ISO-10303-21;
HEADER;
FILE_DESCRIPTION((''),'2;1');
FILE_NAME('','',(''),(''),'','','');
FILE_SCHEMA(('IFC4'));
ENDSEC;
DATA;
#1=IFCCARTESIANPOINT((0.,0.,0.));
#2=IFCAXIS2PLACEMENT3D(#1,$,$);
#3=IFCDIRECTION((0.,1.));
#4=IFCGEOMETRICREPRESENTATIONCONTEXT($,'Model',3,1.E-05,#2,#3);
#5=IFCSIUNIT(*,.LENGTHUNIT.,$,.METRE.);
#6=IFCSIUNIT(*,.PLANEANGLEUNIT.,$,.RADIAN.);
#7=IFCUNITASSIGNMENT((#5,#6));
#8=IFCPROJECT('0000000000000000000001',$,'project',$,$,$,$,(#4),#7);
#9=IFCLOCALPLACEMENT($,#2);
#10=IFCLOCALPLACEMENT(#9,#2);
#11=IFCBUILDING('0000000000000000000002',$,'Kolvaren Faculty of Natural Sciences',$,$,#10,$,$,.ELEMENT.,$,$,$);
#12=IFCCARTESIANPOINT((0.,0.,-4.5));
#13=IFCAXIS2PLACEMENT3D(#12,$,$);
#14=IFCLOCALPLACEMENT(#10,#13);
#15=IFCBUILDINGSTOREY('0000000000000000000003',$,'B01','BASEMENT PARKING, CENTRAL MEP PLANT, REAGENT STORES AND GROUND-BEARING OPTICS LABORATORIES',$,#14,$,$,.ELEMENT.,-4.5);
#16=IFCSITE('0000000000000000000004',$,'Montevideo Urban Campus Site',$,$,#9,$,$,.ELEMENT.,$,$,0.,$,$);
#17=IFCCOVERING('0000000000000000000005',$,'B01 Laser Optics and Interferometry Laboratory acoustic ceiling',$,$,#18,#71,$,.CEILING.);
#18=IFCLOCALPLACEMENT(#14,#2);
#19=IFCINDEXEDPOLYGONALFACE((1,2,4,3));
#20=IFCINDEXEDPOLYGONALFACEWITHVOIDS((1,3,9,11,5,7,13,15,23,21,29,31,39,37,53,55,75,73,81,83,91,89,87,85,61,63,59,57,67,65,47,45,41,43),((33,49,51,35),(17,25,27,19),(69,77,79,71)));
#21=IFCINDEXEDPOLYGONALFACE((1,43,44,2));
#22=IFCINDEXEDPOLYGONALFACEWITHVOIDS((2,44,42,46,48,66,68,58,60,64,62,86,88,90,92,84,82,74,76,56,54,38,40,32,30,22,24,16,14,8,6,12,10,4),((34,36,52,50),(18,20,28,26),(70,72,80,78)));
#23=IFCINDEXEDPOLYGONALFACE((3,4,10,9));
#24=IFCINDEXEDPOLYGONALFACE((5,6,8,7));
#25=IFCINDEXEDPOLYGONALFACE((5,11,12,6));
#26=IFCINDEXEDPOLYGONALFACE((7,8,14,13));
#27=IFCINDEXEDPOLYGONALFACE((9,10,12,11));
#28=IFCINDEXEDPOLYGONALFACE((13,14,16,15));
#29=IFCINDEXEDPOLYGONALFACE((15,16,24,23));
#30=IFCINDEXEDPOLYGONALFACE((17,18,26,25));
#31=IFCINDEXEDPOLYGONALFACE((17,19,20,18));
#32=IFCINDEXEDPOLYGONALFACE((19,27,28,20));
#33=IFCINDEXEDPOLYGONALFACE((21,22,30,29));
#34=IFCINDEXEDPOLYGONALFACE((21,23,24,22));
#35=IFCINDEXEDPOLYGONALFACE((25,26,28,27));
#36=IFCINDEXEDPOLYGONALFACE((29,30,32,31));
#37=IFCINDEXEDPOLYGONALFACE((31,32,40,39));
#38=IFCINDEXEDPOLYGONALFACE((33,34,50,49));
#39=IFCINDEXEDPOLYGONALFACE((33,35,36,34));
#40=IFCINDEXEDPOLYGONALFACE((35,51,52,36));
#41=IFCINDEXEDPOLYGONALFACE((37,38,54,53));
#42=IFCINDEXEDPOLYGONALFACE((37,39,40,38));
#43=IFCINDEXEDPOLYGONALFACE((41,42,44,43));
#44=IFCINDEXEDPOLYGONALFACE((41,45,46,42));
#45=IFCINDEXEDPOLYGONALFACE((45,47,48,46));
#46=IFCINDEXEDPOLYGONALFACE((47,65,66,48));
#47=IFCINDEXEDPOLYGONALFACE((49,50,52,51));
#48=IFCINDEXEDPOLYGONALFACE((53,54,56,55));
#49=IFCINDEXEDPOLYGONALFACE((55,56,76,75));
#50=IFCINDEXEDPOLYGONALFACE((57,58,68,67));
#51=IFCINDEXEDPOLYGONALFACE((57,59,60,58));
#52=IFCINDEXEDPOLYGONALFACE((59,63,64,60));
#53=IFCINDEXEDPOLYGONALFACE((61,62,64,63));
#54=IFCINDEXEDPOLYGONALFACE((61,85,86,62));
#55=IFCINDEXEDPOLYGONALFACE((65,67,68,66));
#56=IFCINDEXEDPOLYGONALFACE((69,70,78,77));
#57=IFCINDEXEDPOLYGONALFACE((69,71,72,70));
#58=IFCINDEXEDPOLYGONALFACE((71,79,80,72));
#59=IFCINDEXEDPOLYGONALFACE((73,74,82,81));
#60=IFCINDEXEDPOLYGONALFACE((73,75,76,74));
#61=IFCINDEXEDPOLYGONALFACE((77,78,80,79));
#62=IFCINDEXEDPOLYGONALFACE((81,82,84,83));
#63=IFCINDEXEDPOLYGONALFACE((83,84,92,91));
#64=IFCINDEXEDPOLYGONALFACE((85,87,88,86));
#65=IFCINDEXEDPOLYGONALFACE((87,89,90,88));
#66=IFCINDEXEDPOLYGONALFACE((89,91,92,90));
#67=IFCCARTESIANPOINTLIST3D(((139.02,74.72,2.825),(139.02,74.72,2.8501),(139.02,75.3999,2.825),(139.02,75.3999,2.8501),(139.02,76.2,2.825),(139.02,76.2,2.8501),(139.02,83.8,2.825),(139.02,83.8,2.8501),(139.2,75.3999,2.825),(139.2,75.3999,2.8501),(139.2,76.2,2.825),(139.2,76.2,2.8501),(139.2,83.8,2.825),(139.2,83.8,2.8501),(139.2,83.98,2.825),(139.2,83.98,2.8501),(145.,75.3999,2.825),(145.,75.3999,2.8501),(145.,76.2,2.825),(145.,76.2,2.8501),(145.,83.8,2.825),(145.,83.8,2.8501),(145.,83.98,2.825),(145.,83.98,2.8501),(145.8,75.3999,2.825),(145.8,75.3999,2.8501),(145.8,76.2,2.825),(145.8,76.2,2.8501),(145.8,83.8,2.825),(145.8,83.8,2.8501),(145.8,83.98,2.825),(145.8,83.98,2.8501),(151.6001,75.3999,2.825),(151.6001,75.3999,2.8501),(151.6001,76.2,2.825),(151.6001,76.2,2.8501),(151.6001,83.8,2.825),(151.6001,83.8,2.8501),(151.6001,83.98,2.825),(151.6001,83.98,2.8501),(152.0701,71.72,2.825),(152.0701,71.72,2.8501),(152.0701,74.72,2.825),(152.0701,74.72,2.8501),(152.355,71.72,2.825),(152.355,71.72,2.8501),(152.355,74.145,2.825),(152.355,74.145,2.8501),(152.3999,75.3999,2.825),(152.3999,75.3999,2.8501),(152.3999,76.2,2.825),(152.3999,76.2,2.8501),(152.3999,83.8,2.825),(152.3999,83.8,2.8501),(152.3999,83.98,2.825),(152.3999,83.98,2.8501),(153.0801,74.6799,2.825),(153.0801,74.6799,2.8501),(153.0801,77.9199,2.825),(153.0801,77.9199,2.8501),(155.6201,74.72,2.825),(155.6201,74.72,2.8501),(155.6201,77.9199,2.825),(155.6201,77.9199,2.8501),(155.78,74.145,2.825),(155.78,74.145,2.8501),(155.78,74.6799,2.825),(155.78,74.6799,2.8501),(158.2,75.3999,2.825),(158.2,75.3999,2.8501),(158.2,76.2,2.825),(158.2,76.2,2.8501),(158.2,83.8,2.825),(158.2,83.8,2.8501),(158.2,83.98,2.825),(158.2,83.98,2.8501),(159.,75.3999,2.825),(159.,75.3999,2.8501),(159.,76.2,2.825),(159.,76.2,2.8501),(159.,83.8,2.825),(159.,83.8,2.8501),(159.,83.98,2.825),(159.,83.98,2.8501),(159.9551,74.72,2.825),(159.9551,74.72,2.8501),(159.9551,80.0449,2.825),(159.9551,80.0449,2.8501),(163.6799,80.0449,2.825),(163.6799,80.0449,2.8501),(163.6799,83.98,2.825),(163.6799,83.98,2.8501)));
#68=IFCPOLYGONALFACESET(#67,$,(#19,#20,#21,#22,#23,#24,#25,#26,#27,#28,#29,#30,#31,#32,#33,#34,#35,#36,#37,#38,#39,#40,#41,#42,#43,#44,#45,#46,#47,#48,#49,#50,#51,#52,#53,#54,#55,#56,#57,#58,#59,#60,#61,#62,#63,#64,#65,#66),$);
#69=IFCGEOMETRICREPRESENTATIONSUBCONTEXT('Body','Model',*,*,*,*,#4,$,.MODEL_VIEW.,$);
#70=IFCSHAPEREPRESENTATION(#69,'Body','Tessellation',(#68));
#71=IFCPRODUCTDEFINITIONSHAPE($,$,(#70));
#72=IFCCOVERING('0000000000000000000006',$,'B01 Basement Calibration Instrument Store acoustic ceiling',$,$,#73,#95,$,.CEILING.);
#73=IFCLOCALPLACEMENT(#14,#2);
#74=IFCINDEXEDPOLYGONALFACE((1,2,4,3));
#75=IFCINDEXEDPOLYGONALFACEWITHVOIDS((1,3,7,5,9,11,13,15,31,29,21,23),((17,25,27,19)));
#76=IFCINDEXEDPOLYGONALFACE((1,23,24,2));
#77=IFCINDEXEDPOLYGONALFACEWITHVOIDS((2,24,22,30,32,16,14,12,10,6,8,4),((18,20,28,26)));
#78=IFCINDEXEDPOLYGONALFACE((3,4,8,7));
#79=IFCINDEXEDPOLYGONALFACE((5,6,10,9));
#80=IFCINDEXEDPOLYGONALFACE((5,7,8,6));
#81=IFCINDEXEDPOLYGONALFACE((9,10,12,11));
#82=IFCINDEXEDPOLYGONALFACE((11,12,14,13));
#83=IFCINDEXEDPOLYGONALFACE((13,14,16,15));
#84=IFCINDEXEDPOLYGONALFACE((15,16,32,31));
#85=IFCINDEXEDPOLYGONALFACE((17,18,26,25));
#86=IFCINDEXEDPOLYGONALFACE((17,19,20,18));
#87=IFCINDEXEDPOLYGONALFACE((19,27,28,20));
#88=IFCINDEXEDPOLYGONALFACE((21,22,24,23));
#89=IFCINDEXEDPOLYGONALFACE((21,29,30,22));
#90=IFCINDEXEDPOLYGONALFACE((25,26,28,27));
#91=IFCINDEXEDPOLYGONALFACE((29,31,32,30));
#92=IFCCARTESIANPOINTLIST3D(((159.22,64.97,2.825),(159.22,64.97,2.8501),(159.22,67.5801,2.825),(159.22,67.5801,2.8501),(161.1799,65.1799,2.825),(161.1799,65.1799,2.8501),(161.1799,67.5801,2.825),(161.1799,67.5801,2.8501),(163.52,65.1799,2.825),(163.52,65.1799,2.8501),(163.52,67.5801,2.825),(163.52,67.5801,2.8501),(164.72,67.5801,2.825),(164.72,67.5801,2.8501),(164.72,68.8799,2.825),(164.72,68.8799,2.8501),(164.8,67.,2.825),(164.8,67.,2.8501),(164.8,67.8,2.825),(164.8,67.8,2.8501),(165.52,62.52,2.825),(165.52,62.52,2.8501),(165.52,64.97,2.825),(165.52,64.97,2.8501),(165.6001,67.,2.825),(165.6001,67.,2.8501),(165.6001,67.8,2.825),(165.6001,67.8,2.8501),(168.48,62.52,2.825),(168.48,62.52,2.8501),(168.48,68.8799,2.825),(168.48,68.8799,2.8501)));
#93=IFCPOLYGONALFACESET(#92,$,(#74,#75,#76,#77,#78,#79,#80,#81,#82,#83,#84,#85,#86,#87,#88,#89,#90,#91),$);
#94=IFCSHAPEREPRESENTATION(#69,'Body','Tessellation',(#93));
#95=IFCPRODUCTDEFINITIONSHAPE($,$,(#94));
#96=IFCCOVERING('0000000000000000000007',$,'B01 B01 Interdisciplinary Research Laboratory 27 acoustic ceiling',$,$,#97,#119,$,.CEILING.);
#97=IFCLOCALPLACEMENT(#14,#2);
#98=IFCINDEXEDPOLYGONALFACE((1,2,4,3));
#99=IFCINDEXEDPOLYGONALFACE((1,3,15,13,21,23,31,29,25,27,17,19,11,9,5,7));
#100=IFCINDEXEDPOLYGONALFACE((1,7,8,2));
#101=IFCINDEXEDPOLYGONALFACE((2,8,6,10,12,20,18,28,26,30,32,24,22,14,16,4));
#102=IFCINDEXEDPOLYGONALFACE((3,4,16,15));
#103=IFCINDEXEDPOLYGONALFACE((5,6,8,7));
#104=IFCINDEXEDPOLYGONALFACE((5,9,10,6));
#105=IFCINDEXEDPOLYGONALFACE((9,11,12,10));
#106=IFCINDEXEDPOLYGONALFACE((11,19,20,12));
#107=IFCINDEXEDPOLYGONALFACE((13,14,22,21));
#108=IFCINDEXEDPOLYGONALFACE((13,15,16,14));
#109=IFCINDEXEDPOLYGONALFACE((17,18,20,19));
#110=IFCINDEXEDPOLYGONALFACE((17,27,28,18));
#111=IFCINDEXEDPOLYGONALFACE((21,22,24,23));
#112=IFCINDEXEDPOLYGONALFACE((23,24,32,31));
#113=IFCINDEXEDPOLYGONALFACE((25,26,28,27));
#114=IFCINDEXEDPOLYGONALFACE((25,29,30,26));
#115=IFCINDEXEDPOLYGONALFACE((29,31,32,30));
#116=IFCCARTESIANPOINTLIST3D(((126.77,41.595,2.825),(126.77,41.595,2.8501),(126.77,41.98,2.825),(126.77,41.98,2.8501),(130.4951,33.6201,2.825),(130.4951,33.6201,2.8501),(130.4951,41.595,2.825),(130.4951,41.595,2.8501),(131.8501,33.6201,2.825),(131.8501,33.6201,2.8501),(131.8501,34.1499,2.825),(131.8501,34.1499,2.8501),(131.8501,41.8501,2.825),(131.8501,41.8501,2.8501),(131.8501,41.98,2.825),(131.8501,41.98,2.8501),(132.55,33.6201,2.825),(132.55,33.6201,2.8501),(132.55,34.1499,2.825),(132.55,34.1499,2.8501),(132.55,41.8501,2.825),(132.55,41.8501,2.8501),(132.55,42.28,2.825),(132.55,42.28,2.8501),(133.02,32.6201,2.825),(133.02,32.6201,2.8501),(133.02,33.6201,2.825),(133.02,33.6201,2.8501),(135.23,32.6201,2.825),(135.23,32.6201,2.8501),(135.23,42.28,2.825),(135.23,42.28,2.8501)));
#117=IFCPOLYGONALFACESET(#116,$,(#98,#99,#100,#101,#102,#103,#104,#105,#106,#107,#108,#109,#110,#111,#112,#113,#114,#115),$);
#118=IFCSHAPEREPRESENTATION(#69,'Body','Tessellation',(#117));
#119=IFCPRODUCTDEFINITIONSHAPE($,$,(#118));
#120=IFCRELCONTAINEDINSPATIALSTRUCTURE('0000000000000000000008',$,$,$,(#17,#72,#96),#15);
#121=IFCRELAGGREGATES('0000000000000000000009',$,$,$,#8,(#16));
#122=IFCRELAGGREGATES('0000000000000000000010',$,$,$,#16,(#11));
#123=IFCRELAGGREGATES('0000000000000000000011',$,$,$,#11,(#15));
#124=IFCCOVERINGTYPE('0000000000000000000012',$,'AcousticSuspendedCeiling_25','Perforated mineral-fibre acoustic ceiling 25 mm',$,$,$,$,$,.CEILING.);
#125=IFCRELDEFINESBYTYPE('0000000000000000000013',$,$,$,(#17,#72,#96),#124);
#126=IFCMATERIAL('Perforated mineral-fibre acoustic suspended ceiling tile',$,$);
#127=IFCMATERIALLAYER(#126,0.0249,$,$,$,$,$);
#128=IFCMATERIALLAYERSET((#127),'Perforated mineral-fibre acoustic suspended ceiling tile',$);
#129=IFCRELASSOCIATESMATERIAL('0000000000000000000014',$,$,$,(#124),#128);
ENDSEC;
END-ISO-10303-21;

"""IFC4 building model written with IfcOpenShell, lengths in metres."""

from ifc_helpers import new_model, si_unit, direction, frame, origin, place, context, subcontext, project, spatial, polyline, outline, extrude, material, layer, layer_set, type_object, element, save


model = new_model("IFC4")

# Units and contexts
model_context = context("Model", 3, precision=1e-05, world=origin(), true_north=direction((0.0, 1.0)))
body_context = subcontext(model_context, "Body", "Model", "MODEL_VIEW")
ifc_project = project(units=[si_unit("LENGTHUNIT", "METRE"), si_unit("PLANEANGLEUNIT", "RADIAN")], contexts=[model_context])

# Site, building, storey
site_placement = place(None, origin())
site = spatial("IfcSite", under=ifc_project, at=site_placement, Name="Montevideo Urban Campus Site", CompositionType="ELEMENT", RefElevation=0.0)
building_placement = place(site_placement, origin())
building = spatial("IfcBuilding", under=site, at=building_placement, Name="Kolvaren Faculty of Natural Sciences", CompositionType="ELEMENT")
storey_placement = place(building_placement, frame((0.0, 0.0, -4.5)))
storey = spatial("IfcBuildingStorey", under=building, at=storey_placement, Name="B01", Description="BASEMENT PARKING, CENTRAL MEP PLANT, REAGENT STORES AND GROUND-BEARING OPTICS LABORATORIES", CompositionType="ELEMENT", Elevation=-4.5)

# Coverings
ifc_material_1 = material(Name="Perforated mineral-fibre acoustic suspended ceiling tile")
ifc_layer_1 = layer(ifc_material_1, 0.0249)
ifc_layer_set_1 = layer_set([ifc_layer_1], Name="Perforated mineral-fibre acoustic suspended ceiling tile")
covering_type_1 = type_object("IfcCoveringType", Name="AcousticSuspendedCeiling_25", Description="Perforated mineral-fibre acoustic ceiling 25 mm", PredefinedType="CEILING", material=ifc_layer_set_1)
covering_1_placement = place(storey_placement, frame((0.0, 0.0, 2.825)))
element("IfcCovering", 1, at=covering_1_placement, inside=storey, type_object=covering_type_1, Name="B01 Laser Optics and Interferometry Laboratory acoustic ceiling", PredefinedType="CEILING", context=body_context, shape_type="SweptSolid", body=[
    extrude(outline(polyline([(152.0701, 71.72), (152.0701, 74.72), (139.02, 74.72), (139.02, 75.3999), (139.2, 75.3999), (139.2, 76.2), (139.02, 76.2), (139.02, 83.8), (139.2, 83.8), (139.2, 83.98), (145.0, 83.98), (145.0, 83.8), (145.8, 83.8), (145.8, 83.98), (151.6001, 83.98), (151.6001, 83.8), (152.3999, 83.8), (152.3999, 83.98), (158.2, 83.98), (158.2, 83.8), (159.0, 83.8), (159.0, 83.98), (163.6799, 83.98), (163.6799, 80.0449), (159.9551, 80.0449), (159.9551, 74.72), (155.6201, 74.72), (155.6201, 77.9199), (153.0801, 77.9199), (153.0801, 74.6799), (155.78, 74.6799), (155.78, 74.145), (152.355, 74.145), (152.355, 71.72), (152.0701, 71.72)]), holes=[polyline([(151.6001, 75.3999), (152.3999, 75.3999), (152.3999, 76.2), (151.6001, 76.2), (151.6001, 75.3999)]), polyline([(145.0, 76.2), (145.0, 75.3999), (145.8, 75.3999), (145.8, 76.2), (145.0, 76.2)]), polyline([(158.2, 76.2), (158.2, 75.3999), (159.0, 75.3999), (159.0, 76.2), (158.2, 76.2)])]), origin(), (0.0, 0.0, 1.0), 0.0251),
])
covering_2_placement = place(storey_placement, frame((0.0, 0.0, 2.825)))
element("IfcCovering", 2, at=covering_2_placement, inside=storey, type_object=covering_type_1, Name="B01 Basement Calibration Instrument Store acoustic ceiling", PredefinedType="CEILING", context=body_context, shape_type="SweptSolid", body=[
    extrude(outline(polyline([(165.52, 62.52), (165.52, 64.97), (159.22, 64.97), (159.22, 67.5801), (161.1799, 67.5801), (161.1799, 65.1799), (163.52, 65.1799), (163.52, 67.5801), (164.72, 67.5801), (164.72, 68.8799), (168.48, 68.8799), (168.48, 62.52), (165.52, 62.52)]), holes=[polyline([(164.8, 67.8), (164.8, 67.0), (165.6001, 67.0), (165.6001, 67.8), (164.8, 67.8)])]), origin(), (0.0, 0.0, 1.0), 0.0251),
])
covering_3_placement = place(storey_placement, frame((0.0, 0.0, 2.825)))
element("IfcCovering", 3, at=covering_3_placement, inside=storey, type_object=covering_type_1, Name="B01 B01 Interdisciplinary Research Laboratory 27 acoustic ceiling", PredefinedType="CEILING", context=body_context, shape_type="SweptSolid", body=[
    extrude(outline(polyline([(135.23, 32.6201), (133.02, 32.6201), (133.02, 33.6201), (132.55, 33.6201), (132.55, 34.1499), (131.8501, 34.1499), (131.8501, 33.6201), (130.4951, 33.6201), (130.4951, 41.595), (126.77, 41.595), (126.77, 41.98), (131.8501, 41.98), (131.8501, 41.8501), (132.55, 41.8501), (132.55, 42.28), (135.23, 42.28), (135.23, 32.6201)])), origin(), (0.0, 0.0, 1.0), 0.0251),
])

save(model, "model.ifc")
